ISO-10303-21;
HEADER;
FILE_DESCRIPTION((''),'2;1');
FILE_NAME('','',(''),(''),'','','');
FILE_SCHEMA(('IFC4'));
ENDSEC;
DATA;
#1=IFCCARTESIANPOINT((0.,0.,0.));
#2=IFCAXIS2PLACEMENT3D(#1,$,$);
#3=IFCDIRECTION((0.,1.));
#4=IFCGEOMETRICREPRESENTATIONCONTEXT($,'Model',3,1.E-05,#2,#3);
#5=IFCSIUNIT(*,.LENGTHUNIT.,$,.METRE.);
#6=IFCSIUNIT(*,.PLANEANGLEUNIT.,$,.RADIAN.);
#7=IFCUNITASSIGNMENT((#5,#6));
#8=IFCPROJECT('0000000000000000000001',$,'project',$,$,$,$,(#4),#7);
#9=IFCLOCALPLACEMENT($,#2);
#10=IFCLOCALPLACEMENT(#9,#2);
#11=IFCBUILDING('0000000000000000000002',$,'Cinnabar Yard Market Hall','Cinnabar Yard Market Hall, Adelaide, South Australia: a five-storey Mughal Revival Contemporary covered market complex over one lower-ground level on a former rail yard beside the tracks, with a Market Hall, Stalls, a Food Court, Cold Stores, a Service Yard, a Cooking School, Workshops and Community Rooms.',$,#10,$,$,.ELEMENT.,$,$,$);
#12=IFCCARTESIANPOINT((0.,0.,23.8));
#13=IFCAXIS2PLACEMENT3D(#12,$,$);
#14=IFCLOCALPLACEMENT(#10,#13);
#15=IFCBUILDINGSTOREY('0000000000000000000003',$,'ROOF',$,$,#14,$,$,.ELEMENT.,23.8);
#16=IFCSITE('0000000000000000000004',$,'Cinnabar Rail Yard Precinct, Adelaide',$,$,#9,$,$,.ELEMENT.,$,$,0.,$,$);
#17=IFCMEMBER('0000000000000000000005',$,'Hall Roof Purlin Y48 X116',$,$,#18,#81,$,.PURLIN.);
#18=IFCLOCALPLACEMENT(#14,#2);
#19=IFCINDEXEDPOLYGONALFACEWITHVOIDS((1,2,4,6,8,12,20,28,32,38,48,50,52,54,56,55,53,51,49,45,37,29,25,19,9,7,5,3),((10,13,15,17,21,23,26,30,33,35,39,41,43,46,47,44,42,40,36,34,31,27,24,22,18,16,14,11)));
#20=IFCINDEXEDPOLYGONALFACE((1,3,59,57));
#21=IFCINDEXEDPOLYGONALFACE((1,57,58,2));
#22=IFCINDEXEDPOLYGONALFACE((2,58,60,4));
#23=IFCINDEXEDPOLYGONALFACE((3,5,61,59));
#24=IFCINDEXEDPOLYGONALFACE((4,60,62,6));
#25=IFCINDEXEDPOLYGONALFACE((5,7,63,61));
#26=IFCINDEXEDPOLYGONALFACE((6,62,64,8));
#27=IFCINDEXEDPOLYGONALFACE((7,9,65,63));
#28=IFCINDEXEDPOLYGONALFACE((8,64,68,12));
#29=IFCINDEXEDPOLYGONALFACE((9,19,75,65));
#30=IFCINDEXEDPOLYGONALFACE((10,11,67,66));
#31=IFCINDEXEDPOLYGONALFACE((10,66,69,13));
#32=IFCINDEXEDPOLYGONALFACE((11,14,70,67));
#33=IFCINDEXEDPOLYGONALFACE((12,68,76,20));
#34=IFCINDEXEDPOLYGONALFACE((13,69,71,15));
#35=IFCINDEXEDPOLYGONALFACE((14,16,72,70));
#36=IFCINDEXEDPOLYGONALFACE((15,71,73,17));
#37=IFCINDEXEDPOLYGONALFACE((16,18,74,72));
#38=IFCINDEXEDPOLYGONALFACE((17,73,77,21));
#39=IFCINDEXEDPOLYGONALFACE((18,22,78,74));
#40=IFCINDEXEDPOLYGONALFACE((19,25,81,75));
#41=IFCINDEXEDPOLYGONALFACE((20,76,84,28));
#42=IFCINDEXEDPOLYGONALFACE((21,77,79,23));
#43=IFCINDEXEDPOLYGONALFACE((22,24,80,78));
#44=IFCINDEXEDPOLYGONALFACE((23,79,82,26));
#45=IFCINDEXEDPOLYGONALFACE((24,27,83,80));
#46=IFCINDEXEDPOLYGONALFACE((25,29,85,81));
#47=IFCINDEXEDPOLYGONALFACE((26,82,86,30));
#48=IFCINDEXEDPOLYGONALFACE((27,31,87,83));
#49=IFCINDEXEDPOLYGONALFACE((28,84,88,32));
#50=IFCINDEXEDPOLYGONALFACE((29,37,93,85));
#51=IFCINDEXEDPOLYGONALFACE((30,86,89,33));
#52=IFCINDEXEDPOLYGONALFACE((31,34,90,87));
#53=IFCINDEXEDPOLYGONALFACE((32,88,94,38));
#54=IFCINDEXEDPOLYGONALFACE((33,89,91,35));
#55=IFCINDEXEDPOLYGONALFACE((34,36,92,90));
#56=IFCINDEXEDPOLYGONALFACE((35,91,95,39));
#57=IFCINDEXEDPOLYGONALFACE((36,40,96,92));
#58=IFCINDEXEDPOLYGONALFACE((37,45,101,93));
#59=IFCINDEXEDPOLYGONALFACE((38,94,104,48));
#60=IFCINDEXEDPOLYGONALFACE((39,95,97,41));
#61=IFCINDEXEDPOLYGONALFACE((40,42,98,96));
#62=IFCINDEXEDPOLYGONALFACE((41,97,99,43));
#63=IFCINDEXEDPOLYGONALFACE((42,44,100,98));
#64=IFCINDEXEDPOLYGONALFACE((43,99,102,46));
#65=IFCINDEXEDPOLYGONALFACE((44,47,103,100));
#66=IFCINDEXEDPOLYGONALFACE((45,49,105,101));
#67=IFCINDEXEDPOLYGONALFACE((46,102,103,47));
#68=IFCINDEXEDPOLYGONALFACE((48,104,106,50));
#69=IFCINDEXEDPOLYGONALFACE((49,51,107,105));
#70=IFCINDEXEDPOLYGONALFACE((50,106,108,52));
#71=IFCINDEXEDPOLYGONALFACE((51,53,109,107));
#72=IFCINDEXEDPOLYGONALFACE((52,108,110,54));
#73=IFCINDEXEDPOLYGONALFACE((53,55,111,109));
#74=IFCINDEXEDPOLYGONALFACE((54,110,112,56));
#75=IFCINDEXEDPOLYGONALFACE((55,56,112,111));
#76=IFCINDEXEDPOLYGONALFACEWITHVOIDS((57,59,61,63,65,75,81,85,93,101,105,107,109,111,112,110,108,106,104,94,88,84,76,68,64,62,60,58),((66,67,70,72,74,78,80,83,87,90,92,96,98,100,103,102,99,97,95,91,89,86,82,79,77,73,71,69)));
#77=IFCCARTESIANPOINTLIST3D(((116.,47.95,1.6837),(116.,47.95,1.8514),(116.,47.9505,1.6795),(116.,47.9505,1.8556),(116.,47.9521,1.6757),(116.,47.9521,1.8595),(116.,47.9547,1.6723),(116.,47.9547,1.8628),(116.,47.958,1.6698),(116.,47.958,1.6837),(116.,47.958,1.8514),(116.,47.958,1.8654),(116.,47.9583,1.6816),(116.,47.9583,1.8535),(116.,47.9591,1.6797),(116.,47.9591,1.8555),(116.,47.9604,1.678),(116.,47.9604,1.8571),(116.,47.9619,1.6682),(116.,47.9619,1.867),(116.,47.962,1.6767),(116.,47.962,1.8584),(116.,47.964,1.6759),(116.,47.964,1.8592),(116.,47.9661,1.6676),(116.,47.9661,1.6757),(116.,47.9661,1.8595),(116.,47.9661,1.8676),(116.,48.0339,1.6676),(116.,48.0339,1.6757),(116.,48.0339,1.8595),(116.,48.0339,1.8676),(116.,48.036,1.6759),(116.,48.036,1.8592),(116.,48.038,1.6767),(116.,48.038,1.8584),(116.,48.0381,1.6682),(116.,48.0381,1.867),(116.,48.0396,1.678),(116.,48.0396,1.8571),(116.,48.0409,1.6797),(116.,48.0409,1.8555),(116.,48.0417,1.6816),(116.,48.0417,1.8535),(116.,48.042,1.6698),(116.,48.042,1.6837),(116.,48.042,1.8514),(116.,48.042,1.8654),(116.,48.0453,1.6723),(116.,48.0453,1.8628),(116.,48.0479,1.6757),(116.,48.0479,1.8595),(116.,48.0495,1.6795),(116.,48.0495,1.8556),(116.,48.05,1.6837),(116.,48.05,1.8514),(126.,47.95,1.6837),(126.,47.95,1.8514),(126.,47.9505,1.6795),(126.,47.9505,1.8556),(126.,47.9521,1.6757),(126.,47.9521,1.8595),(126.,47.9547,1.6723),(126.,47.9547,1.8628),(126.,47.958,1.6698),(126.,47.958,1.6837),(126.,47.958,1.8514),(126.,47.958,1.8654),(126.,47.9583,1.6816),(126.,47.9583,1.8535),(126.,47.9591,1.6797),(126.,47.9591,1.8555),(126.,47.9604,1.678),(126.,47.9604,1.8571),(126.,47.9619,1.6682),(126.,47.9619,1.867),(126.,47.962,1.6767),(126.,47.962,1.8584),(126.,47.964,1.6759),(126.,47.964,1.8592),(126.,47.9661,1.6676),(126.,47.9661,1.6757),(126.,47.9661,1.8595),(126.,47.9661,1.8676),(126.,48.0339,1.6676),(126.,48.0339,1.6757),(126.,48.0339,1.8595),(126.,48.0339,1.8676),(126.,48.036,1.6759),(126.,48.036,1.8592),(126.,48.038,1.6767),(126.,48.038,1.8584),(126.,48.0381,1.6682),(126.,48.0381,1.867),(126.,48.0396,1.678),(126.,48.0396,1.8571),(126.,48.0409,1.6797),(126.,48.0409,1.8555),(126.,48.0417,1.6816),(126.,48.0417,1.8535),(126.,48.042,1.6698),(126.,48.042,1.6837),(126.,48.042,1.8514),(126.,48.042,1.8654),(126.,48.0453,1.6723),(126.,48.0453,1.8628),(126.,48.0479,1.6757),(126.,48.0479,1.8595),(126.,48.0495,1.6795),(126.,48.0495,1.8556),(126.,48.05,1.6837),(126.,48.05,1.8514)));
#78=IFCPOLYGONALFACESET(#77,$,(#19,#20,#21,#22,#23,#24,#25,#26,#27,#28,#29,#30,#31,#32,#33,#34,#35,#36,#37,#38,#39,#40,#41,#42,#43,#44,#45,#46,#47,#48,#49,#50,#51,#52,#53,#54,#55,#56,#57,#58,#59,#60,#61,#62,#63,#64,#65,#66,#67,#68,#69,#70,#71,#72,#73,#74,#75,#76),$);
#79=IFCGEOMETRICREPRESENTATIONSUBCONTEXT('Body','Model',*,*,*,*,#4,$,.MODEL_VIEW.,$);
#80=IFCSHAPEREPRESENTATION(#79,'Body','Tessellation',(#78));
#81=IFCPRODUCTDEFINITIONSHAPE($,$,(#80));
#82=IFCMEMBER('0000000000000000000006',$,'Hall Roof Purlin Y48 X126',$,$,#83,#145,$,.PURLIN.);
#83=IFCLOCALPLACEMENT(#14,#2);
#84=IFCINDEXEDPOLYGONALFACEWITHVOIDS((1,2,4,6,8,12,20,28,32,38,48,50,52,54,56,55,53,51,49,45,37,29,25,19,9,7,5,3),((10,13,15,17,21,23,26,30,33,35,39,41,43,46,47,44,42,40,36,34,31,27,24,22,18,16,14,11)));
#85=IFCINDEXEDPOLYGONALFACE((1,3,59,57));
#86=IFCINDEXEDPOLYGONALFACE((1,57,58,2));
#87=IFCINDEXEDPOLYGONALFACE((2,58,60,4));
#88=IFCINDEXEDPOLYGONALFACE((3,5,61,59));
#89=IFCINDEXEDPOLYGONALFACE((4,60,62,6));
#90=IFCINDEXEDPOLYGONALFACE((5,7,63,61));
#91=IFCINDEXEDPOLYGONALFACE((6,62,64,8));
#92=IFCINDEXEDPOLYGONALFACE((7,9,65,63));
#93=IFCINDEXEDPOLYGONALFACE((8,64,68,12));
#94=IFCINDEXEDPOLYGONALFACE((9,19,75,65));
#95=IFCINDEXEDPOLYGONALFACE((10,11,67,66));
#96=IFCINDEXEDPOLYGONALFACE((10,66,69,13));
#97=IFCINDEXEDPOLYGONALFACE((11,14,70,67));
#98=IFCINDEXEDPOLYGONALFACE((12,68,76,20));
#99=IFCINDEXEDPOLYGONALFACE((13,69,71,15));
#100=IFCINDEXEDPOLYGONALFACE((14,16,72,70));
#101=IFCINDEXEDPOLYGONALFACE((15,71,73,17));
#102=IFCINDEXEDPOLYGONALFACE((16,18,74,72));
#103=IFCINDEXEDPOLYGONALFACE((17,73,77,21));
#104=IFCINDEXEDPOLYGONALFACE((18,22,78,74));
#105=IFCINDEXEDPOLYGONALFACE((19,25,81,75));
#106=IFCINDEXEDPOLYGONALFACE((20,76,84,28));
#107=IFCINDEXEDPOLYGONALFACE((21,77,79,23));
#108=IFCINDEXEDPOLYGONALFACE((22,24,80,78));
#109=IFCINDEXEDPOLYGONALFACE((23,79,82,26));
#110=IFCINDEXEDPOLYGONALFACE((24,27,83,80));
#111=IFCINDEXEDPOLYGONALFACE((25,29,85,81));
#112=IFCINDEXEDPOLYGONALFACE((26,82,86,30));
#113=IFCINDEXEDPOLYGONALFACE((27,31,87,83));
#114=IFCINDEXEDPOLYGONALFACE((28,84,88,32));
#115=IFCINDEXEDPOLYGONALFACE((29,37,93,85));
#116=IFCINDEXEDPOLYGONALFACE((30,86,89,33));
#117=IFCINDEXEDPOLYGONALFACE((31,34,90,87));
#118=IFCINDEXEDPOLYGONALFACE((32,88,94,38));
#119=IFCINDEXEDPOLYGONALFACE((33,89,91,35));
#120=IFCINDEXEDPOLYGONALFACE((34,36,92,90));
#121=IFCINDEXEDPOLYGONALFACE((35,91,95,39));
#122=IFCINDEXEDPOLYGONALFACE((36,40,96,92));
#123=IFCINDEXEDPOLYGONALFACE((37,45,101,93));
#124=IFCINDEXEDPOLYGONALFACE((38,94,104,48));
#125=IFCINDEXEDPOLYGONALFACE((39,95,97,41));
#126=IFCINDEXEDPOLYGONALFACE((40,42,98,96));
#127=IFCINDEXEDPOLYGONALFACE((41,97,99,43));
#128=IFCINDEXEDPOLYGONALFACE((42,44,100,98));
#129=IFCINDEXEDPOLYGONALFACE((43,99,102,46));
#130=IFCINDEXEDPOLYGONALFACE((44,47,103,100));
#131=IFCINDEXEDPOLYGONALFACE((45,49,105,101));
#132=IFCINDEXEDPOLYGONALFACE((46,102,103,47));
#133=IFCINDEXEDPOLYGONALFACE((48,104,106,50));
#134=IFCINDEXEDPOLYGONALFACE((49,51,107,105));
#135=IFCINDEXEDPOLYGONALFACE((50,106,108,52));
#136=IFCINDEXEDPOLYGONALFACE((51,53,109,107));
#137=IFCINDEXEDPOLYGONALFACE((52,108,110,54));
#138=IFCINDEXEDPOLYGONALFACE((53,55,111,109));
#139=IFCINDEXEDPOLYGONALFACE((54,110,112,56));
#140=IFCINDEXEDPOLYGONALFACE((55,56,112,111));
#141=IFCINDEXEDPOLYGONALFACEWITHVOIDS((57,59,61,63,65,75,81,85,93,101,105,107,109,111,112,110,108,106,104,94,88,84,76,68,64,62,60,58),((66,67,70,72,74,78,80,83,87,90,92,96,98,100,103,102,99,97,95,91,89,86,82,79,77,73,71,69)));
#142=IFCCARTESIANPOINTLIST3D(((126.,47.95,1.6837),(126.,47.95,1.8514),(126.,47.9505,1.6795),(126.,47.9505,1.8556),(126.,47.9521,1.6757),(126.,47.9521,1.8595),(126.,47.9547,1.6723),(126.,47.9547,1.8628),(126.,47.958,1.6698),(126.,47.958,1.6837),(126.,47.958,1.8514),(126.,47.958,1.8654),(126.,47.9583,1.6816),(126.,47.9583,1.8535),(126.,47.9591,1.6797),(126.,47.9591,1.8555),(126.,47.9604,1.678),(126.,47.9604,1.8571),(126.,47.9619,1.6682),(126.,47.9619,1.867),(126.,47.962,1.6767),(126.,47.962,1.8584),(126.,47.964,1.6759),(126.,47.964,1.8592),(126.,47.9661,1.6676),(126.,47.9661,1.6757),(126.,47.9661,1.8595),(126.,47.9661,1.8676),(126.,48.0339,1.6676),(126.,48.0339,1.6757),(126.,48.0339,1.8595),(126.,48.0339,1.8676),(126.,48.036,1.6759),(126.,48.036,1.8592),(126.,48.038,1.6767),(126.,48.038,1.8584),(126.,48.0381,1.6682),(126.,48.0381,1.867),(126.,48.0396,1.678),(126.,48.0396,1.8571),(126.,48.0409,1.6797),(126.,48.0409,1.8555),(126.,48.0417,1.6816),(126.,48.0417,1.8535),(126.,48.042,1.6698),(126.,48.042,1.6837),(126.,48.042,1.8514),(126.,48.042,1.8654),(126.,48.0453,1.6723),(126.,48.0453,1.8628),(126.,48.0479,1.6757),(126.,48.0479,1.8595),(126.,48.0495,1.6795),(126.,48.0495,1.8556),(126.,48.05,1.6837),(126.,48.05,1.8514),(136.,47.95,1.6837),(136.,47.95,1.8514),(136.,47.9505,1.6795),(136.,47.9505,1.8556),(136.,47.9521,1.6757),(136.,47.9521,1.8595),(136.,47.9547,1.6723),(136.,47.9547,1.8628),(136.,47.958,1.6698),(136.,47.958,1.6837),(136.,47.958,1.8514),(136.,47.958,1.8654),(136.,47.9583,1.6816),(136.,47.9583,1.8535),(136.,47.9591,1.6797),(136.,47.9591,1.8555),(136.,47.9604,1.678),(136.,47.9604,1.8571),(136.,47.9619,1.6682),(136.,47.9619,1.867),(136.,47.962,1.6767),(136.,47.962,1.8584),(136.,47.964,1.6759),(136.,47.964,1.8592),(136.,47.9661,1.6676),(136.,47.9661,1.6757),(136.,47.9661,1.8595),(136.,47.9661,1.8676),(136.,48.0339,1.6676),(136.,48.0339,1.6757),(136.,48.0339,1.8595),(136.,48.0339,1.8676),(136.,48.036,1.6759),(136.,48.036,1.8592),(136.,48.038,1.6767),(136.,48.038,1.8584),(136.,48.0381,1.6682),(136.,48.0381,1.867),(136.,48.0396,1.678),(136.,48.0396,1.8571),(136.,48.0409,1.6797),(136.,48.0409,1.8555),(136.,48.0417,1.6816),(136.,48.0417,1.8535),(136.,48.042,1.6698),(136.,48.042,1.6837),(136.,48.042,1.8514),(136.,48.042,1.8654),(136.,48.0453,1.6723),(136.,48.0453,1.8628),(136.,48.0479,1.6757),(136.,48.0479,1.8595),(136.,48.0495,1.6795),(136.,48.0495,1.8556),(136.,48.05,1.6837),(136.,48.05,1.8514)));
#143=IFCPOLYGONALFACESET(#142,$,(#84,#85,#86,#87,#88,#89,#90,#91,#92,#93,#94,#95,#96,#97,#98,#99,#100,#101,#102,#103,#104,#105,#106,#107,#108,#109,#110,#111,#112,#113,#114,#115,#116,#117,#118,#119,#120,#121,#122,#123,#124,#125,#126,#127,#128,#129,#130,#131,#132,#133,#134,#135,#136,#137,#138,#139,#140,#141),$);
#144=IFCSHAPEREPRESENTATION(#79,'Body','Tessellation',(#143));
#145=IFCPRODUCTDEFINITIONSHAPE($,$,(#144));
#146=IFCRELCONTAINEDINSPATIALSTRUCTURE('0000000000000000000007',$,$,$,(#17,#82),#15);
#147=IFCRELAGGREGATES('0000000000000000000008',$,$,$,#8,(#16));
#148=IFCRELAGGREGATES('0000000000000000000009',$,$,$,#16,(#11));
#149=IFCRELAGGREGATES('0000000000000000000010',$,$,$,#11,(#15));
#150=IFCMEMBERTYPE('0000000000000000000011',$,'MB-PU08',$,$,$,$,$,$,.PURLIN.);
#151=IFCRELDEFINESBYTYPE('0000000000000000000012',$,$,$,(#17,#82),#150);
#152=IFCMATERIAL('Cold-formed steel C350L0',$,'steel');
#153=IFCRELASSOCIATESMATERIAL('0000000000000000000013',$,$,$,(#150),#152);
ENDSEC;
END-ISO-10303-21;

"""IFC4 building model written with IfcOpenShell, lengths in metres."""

from ifc_helpers import new_model, si_unit, direction, frame, origin, origin_2d_with_axis, place, context, subcontext, project, spatial, hollow_rectangle, extrude, material, material_profile, profile_set, type_object, element, save


model = new_model("IFC4")

# Units and contexts
model_context = context("Model", 3, precision=1e-05, world=origin(), true_north=direction((0.0, 1.0)))
body_context = subcontext(model_context, "Body", "Model", "MODEL_VIEW")
ifc_project = project(units=[si_unit("LENGTHUNIT", "METRE"), si_unit("PLANEANGLEUNIT", "RADIAN")], contexts=[model_context])

# Site, building, storey
site_placement = place(None, origin())
site = spatial("IfcSite", under=ifc_project, at=site_placement, Name="Cinnabar Rail Yard Precinct, Adelaide", CompositionType="ELEMENT", RefElevation=0.0)
building_placement = place(site_placement, origin())
building = spatial("IfcBuilding", under=site, at=building_placement, Name="Cinnabar Yard Market Hall", Description="Cinnabar Yard Market Hall, Adelaide, South Australia: a five-storey Mughal Revival Contemporary covered market complex over one lower-ground level on a former rail yard beside the tracks, with a Market Hall, Stalls, a Food Court, Cold Stores, a Service Yard, a Cooking School, Workshops and Community Rooms.", CompositionType="ELEMENT")
storey_placement = place(building_placement, frame((0.0, 0.0, 23.8)))
storey = spatial("IfcBuildingStorey", under=building, at=storey_placement, Name="ROOF", CompositionType="ELEMENT", Elevation=23.8)

# Members
ifc_material_1 = material(Name="Cold-formed steel C350L0", Category="steel")
ifc_material_profile_1 = material_profile(ifc_material_1, hollow_rectangle(XDim=0.1001, YDim=0.2, WallThickness=0.0081, InnerFilletRadius=0.0081, OuterFilletRadius=0.0161, at=origin_2d_with_axis()), Name="200x100x8.0RHS")
ifc_profile_set_1 = profile_set([ifc_material_profile_1], Name="Cold-formed steel C350L0")
member_type_1 = type_object("IfcMemberType", Name="MB-PU08", PredefinedType="PURLIN", material=ifc_profile_set_1)
for number, where, z_axis, x_axis, name in (
    (1, (116.0, 48.0, 1.7676), (1.0, 0.0, 0.0), (0.0, 1.0, 0.0), "Hall Roof Purlin Y48 X116"),
    (2, (126.0, 48.0, 1.7676), (1.0, 0.0, 0.0), (0.0, 1.0, 0.0), "Hall Roof Purlin Y48 X126"),
):
    element("IfcMember", number, at=place(storey_placement, frame(where, z_axis=z_axis, x_axis=x_axis)), inside=storey, type_object=member_type_1, Name=name, PredefinedType="PURLIN", context=body_context, shape_type="SweptSolid", body=[
        extrude(hollow_rectangle(XDim=0.1001, YDim=0.2, WallThickness=0.0081, InnerFilletRadius=0.0081, OuterFilletRadius=0.0161, at=origin_2d_with_axis()), origin(), (0.0, 0.0, 1.0), 10.0),
    ])

save(model, "model.ifc")
